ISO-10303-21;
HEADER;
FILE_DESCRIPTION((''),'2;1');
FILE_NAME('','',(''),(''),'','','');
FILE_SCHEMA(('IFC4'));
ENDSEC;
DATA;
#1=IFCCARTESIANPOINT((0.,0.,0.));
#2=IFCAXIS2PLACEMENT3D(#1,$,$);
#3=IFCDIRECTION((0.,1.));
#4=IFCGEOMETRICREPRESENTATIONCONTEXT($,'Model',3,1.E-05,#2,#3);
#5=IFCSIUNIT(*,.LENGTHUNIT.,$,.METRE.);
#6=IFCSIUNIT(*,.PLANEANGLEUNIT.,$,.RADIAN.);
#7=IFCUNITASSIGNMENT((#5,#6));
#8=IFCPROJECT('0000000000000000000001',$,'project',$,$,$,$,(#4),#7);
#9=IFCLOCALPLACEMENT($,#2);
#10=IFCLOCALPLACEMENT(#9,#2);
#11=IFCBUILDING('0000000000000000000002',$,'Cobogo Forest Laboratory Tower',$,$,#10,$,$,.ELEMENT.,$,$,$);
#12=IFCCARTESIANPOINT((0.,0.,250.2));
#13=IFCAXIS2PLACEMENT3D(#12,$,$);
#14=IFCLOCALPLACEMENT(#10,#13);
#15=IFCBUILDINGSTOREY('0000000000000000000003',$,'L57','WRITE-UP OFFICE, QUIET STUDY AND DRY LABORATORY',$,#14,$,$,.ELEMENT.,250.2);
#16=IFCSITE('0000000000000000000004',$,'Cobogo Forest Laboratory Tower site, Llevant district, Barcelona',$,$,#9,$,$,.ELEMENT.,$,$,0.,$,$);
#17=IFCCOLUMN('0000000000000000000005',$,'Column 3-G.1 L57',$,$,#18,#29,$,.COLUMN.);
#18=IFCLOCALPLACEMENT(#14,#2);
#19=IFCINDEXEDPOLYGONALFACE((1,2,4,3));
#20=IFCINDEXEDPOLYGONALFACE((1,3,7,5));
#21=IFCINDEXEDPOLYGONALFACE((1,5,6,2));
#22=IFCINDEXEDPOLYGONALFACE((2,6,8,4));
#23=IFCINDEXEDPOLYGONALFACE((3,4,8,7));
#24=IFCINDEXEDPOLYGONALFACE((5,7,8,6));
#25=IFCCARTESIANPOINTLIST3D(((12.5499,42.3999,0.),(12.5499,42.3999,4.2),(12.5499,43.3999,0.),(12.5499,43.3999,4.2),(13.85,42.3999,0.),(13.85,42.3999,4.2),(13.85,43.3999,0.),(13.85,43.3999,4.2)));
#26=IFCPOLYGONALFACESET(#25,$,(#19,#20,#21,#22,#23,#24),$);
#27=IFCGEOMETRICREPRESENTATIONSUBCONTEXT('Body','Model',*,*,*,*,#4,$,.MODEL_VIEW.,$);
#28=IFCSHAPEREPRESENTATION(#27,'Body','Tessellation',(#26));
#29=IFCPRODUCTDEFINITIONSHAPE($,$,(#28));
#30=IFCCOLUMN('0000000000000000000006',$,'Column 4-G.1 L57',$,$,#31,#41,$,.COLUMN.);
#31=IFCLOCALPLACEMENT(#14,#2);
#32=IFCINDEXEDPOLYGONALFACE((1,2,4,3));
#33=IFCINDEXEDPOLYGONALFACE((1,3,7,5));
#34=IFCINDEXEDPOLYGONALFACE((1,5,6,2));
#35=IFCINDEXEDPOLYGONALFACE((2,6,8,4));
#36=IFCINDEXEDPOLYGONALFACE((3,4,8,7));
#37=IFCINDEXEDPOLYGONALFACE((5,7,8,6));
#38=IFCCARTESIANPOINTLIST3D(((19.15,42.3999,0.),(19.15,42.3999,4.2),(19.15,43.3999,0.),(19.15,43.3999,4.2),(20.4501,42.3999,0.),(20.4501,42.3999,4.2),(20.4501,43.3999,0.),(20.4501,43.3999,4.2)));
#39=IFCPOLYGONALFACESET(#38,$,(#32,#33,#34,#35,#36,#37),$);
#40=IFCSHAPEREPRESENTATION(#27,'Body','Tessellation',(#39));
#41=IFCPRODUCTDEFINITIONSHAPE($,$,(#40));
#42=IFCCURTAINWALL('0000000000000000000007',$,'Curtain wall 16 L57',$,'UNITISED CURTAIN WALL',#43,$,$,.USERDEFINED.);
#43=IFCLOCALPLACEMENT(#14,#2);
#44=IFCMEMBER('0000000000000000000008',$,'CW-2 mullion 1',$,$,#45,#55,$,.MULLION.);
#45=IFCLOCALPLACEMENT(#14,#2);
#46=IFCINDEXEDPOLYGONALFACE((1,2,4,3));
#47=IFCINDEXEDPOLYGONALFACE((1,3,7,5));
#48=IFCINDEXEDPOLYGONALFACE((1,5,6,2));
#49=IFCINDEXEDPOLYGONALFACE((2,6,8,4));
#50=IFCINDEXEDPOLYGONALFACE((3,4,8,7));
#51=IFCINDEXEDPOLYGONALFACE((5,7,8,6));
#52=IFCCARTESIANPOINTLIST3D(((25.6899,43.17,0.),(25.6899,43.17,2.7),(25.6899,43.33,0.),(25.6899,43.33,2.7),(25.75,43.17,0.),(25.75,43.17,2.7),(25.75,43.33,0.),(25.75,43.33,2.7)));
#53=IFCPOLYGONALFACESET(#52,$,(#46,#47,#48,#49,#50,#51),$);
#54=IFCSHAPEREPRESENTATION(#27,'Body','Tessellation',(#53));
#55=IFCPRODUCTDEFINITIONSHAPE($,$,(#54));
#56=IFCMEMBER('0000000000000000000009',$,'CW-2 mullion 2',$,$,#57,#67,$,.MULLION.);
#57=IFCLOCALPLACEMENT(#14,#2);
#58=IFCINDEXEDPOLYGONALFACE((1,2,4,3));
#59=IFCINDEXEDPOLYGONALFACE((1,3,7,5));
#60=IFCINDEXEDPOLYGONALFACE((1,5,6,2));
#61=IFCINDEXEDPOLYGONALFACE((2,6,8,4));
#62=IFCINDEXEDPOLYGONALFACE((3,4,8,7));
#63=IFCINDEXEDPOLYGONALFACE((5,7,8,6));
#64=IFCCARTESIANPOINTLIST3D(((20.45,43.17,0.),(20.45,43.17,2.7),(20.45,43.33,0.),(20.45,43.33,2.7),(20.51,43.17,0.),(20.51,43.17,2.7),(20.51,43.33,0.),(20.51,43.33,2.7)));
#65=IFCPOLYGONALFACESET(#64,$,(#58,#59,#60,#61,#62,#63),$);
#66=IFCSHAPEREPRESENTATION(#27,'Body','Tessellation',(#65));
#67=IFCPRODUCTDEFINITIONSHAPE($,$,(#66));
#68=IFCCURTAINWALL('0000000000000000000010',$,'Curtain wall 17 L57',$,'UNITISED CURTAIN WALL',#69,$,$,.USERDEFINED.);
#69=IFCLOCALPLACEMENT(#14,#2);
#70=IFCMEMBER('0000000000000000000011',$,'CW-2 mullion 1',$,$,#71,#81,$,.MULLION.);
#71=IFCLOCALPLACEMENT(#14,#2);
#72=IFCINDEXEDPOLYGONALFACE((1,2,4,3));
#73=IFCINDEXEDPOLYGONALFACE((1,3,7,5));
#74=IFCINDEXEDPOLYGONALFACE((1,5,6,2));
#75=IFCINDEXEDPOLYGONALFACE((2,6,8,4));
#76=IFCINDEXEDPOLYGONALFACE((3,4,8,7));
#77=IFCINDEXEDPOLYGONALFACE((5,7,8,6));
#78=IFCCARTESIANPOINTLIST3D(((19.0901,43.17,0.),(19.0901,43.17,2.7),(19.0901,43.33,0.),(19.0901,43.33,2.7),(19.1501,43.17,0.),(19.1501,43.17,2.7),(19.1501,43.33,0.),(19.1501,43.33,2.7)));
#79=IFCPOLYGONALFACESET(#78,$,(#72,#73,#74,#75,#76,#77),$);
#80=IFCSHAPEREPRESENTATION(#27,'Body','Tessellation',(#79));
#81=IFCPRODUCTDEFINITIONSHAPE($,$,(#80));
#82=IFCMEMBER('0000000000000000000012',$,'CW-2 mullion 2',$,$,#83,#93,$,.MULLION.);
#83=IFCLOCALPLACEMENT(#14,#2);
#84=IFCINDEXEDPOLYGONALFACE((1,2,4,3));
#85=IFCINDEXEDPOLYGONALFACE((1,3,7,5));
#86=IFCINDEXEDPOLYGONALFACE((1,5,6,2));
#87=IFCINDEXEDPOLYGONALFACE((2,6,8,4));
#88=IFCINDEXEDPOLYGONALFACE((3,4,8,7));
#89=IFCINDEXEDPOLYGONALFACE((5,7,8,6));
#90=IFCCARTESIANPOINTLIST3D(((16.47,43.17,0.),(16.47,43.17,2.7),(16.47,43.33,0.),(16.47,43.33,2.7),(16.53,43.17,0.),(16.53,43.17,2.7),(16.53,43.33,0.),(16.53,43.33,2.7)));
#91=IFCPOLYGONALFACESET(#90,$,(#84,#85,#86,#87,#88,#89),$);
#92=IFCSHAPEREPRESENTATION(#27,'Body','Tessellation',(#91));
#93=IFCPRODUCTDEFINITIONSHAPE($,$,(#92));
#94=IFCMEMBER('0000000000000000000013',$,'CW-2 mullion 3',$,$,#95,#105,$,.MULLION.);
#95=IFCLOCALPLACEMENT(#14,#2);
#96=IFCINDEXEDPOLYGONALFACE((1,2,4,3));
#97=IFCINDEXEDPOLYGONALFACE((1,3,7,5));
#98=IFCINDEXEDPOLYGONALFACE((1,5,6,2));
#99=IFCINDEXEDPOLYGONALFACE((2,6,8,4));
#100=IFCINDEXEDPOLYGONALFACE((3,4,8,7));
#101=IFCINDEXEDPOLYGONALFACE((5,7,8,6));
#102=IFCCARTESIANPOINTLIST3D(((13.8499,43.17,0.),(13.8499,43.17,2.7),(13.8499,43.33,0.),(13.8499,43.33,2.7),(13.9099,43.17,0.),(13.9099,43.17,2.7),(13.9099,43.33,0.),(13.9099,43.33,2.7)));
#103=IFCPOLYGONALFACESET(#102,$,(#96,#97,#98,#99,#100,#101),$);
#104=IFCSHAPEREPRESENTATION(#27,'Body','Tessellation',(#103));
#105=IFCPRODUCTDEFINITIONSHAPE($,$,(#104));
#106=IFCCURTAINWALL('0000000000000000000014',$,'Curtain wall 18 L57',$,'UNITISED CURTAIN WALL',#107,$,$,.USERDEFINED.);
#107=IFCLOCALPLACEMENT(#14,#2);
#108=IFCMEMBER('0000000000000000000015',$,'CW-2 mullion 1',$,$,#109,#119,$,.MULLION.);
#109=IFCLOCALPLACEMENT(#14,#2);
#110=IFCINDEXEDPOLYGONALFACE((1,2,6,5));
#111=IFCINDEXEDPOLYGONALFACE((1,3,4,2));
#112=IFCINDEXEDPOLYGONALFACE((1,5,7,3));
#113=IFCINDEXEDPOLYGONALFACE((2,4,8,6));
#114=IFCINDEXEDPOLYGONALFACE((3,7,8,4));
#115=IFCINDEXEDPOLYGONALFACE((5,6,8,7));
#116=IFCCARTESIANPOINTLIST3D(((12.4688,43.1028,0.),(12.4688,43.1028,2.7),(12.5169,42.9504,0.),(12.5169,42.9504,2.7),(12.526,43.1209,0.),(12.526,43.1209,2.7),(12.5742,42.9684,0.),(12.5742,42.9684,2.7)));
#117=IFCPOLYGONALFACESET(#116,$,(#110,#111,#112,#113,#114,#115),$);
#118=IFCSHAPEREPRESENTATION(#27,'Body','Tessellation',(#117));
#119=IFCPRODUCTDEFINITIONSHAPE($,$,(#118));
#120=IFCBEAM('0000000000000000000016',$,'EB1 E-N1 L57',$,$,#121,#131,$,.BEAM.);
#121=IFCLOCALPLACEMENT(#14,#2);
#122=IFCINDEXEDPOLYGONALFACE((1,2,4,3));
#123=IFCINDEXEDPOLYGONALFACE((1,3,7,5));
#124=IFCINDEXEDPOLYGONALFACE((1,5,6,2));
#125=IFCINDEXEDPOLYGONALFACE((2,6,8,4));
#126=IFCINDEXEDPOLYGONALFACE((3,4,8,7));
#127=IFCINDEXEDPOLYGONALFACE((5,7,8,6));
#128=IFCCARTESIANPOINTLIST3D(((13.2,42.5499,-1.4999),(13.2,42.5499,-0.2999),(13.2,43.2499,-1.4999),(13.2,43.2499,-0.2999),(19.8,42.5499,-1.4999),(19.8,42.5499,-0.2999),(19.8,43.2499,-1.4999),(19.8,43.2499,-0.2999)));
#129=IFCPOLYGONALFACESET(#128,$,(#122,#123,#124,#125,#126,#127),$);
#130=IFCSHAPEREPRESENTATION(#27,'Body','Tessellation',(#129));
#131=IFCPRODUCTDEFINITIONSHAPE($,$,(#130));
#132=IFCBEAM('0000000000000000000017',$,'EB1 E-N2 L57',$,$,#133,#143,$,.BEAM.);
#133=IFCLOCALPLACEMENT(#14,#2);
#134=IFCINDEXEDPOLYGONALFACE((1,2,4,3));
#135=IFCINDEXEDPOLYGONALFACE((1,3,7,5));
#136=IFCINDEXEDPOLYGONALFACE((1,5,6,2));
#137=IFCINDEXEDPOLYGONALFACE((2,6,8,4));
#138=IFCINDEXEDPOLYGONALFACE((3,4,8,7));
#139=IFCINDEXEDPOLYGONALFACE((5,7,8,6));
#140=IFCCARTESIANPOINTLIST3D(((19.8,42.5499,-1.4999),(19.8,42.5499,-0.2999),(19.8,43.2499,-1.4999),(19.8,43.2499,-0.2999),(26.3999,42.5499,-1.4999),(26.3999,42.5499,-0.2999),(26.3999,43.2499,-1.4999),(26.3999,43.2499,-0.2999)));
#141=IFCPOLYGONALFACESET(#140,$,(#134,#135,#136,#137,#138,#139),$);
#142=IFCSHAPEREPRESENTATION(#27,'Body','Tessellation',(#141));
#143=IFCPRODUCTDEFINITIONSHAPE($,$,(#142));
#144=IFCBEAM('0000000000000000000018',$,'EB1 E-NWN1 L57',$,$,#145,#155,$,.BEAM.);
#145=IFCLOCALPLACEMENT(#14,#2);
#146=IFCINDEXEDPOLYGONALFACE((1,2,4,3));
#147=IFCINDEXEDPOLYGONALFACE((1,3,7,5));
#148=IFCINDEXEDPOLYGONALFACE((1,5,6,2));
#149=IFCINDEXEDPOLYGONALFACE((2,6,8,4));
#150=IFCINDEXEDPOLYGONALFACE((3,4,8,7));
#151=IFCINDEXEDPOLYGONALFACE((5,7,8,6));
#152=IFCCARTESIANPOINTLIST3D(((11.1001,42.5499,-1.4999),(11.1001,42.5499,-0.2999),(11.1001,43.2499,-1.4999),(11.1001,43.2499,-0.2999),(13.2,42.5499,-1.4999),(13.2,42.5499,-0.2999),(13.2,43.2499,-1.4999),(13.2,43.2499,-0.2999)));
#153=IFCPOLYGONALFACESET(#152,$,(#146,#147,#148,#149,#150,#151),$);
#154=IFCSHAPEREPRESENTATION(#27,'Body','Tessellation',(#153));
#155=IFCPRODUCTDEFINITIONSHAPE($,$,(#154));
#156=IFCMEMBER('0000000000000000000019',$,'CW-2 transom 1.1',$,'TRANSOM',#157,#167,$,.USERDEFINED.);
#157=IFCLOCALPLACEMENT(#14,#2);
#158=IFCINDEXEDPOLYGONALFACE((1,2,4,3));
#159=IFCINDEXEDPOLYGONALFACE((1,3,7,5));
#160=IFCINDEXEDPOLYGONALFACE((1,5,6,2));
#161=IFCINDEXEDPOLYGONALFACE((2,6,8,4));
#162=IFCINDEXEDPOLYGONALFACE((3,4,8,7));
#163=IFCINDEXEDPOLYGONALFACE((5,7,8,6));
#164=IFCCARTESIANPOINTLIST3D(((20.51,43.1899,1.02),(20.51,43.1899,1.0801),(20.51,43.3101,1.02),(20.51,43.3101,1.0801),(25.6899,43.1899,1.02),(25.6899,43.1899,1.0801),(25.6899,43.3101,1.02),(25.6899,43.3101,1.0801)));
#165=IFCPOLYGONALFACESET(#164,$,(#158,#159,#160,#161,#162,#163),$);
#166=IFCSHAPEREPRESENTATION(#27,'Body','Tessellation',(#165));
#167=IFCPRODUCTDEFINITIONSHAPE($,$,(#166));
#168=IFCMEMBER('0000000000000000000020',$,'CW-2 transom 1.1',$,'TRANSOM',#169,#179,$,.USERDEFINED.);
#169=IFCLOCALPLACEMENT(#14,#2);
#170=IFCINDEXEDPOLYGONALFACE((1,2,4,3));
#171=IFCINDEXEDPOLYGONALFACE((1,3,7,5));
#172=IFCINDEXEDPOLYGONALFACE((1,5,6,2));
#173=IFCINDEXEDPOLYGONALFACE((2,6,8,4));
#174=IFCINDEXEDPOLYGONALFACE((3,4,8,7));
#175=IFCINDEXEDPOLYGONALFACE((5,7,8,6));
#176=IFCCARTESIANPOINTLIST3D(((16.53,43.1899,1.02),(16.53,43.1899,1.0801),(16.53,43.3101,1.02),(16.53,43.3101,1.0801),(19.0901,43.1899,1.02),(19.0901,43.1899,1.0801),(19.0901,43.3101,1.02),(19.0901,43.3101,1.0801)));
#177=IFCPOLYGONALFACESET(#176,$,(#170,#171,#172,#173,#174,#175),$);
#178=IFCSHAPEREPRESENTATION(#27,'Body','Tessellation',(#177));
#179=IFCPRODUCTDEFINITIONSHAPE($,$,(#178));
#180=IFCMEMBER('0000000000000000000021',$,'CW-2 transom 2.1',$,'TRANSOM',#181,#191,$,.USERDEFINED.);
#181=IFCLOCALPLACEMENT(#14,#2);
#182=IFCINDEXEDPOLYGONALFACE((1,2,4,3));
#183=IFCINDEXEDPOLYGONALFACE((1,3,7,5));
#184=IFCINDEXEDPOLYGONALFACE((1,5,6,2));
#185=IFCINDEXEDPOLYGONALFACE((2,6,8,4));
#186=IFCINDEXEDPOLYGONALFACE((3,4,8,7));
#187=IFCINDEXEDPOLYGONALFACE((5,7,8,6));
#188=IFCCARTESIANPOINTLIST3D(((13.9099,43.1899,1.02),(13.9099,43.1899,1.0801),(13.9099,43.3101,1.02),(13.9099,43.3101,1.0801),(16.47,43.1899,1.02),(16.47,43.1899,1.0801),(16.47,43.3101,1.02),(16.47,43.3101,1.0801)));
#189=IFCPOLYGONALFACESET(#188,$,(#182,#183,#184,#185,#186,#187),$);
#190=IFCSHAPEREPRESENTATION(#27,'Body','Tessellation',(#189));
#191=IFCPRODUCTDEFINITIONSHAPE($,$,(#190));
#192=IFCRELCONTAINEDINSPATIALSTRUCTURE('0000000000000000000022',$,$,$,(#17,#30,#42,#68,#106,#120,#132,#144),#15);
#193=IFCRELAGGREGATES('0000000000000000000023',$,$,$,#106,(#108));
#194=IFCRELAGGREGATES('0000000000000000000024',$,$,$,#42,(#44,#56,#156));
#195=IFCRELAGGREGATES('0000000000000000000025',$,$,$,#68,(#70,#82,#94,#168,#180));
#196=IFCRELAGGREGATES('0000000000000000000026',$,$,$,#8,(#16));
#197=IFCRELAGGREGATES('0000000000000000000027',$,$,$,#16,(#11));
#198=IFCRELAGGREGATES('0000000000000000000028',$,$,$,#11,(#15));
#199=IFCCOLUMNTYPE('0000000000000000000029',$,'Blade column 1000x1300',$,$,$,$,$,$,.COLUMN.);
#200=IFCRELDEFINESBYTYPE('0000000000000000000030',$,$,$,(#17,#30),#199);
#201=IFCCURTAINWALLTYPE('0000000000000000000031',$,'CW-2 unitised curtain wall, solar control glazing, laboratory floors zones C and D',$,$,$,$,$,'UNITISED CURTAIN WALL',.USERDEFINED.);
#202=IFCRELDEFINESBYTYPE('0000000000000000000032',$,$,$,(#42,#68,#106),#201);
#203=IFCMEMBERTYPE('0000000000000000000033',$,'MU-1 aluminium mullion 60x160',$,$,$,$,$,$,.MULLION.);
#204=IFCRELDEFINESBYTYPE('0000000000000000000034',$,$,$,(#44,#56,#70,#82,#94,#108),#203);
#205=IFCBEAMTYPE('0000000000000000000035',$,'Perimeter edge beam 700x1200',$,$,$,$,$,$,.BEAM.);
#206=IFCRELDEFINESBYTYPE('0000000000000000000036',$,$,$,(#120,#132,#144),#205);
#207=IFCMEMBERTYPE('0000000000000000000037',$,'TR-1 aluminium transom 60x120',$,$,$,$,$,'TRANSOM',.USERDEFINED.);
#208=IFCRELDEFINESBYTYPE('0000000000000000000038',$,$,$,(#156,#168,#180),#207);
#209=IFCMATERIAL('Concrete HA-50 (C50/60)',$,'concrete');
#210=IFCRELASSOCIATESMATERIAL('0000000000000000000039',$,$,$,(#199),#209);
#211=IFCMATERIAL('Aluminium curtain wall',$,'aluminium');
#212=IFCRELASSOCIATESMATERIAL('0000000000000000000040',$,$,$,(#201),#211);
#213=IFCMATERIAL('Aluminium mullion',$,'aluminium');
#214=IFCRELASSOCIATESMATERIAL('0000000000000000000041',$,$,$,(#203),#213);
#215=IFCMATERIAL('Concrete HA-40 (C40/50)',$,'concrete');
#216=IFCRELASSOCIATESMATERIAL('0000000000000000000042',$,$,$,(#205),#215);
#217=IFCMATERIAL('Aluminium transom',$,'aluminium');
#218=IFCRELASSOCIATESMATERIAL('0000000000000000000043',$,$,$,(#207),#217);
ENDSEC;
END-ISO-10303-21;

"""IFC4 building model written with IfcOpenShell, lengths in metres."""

from ifc_helpers import new_model, si_unit, direction, frame, origin, origin_2d, place, context, subcontext, project, spatial, rectangle, extrude, material, material_profile, profile_set, type_object, element, aggregate, save


model = new_model("IFC4")

# Units and contexts
model_context = context("Model", 3, precision=1e-05, world=origin(), true_north=direction((0.0, 1.0)))
body_context = subcontext(model_context, "Body", "Model", "MODEL_VIEW")
ifc_project = project(units=[si_unit("LENGTHUNIT", "METRE"), si_unit("PLANEANGLEUNIT", "RADIAN")], contexts=[model_context])

# Site, building, storey
site_placement = place(None, origin())
site = spatial("IfcSite", under=ifc_project, at=site_placement, Name="Cobogo Forest Laboratory Tower site, Llevant district, Barcelona", CompositionType="ELEMENT", RefElevation=0.0)
building_placement = place(site_placement, origin())
building = spatial("IfcBuilding", under=site, at=building_placement, Name="Cobogo Forest Laboratory Tower", CompositionType="ELEMENT")
storey_placement = place(building_placement, frame((0.0, 0.0, 250.2)))
storey = spatial("IfcBuildingStorey", under=building, at=storey_placement, Name="L57", Description="WRITE-UP OFFICE, QUIET STUDY AND DRY LABORATORY", CompositionType="ELEMENT", Elevation=250.2)

# Columns
ifc_material_1 = material(Name="Concrete HA-50 (C50/60)", Category="concrete")
ifc_material_profile_1 = material_profile(ifc_material_1, rectangle(XDim=1.3, YDim=1.0, at=origin_2d()), Name="RC 1000x1300")
ifc_profile_set_1 = profile_set([ifc_material_profile_1], Name="Concrete HA-50 (C50/60)")
column_type = type_object("IfcColumnType", Name="Blade column 1000x1300", PredefinedType="COLUMN", material=ifc_profile_set_1)
for number, where, z_axis, x_axis, name in (
    (1, (13.2, 42.8999, 0.0), (0.0, 0.0, 1.0), (1.0, 0.0, 0.0), "Column 3-G.1 L57"),
    (2, (19.8, 42.8999, 0.0), (0.0, 0.0, 1.0), (1.0, 0.0, 0.0), "Column 4-G.1 L57"),
):
    element("IfcColumn", number, at=place(storey_placement, frame(where, z_axis=z_axis, x_axis=x_axis)), inside=storey, type_object=column_type, Name=name, PredefinedType="COLUMN", context=body_context, shape_type="SweptSolid", body=[
        extrude(rectangle(XDim=1.3, YDim=1.0, at=origin_2d()), origin(), (0.0, 0.0, 1.0), 4.2),
    ])

# Curtain walls, members
ifc_material_2 = material(Name="Aluminium curtain wall", Category="aluminium")
curtain_wall_type = type_object("IfcCurtainWallType", Name="CW-2 unitised curtain wall, solar control glazing, laboratory floors zones C and D", ElementType="UNITISED CURTAIN WALL", PredefinedType="USERDEFINED", material=ifc_material_2)
curtain_wall_1_placement = place(storey_placement, origin())
curtain_wall_1 = element("IfcCurtainWall", 3, at=curtain_wall_1_placement, inside=storey, type_object=curtain_wall_type, Name="Curtain wall 16 L57", ObjectType="UNITISED CURTAIN WALL", PredefinedType="USERDEFINED")
ifc_material_3 = material(Name="Aluminium mullion", Category="aluminium")
ifc_material_profile_2 = material_profile(ifc_material_3, rectangle(XDim=0.0601, YDim=0.1599, at=origin_2d()), Name="AL 60x160")
ifc_profile_set_2 = profile_set([ifc_material_profile_2], Name="Aluminium mullion")
member_type_1 = type_object("IfcMemberType", Name="MU-1 aluminium mullion 60x160", PredefinedType="MULLION", material=ifc_profile_set_2)
member_1_placement = place(storey_placement, frame((25.72, 43.25, 0.0), z_axis=(0.0, 0.0, 1.0), x_axis=(-1.0, 0.0, 0.0)))
member_1 = element("IfcMember", 4, at=member_1_placement, type_object=member_type_1, Name="CW-2 mullion 1", PredefinedType="MULLION", context=body_context, shape_type="SweptSolid", body=[
    extrude(rectangle(XDim=0.0601, YDim=0.1599, at=origin_2d()), origin(), (0.0, 0.0, 1.0), 2.7),
])
member_2_placement = place(storey_placement, frame((20.48, 43.25, 0.0), z_axis=(0.0, 0.0, 1.0), x_axis=(-1.0, 0.0, 0.0)))
member_2 = element("IfcMember", 5, at=member_2_placement, type_object=member_type_1, Name="CW-2 mullion 2", PredefinedType="MULLION", context=body_context, shape_type="SweptSolid", body=[
    extrude(rectangle(XDim=0.0601, YDim=0.1599, at=origin_2d()), origin(), (0.0, 0.0, 1.0), 2.7),
])
curtain_wall_2_placement = place(storey_placement, origin())
curtain_wall_2 = element("IfcCurtainWall", 6, at=curtain_wall_2_placement, inside=storey, type_object=curtain_wall_type, Name="Curtain wall 17 L57", ObjectType="UNITISED CURTAIN WALL", PredefinedType="USERDEFINED")
member_3_placement = place(storey_placement, frame((19.1201, 43.25, 0.0), z_axis=(0.0, 0.0, 1.0), x_axis=(-1.0, 0.0, 0.0)))
member_3 = element("IfcMember", 7, at=member_3_placement, type_object=member_type_1, Name="CW-2 mullion 1", PredefinedType="MULLION", context=body_context, shape_type="SweptSolid", body=[
    extrude(rectangle(XDim=0.0601, YDim=0.1599, at=origin_2d()), origin(), (0.0, 0.0, 1.0), 2.7),
])
member_4_placement = place(storey_placement, frame((16.5, 43.25, 0.0), z_axis=(0.0, 0.0, 1.0), x_axis=(-1.0, 0.0, 0.0)))
member_4 = element("IfcMember", 8, at=member_4_placement, type_object=member_type_1, Name="CW-2 mullion 2", PredefinedType="MULLION", context=body_context, shape_type="SweptSolid", body=[
    extrude(rectangle(XDim=0.0601, YDim=0.1599, at=origin_2d()), origin(), (0.0, 0.0, 1.0), 2.7),
])
member_5_placement = place(storey_placement, frame((13.8799, 43.25, 0.0), z_axis=(0.0, 0.0, 1.0), x_axis=(-1.0, 0.0, 0.0)))
member_5 = element("IfcMember", 9, at=member_5_placement, type_object=member_type_1, Name="CW-2 mullion 3", PredefinedType="MULLION", context=body_context, shape_type="SweptSolid", body=[
    extrude(rectangle(XDim=0.0601, YDim=0.1599, at=origin_2d()), origin(), (0.0, 0.0, 1.0), 2.7),
])

# Curtain wall, member
curtain_wall_3_placement = place(storey_placement, origin())
curtain_wall_3 = element("IfcCurtainWall", 10, at=curtain_wall_3_placement, inside=storey, type_object=curtain_wall_type, Name="Curtain wall 18 L57", ObjectType="UNITISED CURTAIN WALL", PredefinedType="USERDEFINED")
member_6_placement = place(storey_placement, frame((12.5215, 43.0356, 0.0), z_axis=(0.0, 0.0, 1.0), x_axis=(-0.953581, -0.301135, 0.0)))
member_6 = element("IfcMember", 11, at=member_6_placement, type_object=member_type_1, Name="CW-2 mullion 1", PredefinedType="MULLION", context=body_context, shape_type="SweptSolid", body=[
    extrude(rectangle(XDim=0.0601, YDim=0.1599, at=origin_2d()), origin(), (0.0, 0.0, 1.0), 2.7),
])
aggregate(curtain_wall_3, [member_6])

# Beams
ifc_material_4 = material(Name="Concrete HA-40 (C40/50)", Category="concrete")
ifc_material_profile_3 = material_profile(ifc_material_4, rectangle(XDim=0.7, YDim=1.2, at=origin_2d()), Name="RC 700x1200")
ifc_profile_set_3 = profile_set([ifc_material_profile_3], Name="Concrete HA-40 (C40/50)")
beam_type = type_object("IfcBeamType", Name="Perimeter edge beam 700x1200", PredefinedType="BEAM", material=ifc_profile_set_3)
beam_1_placement = place(storey_placement, frame((13.2, 42.8999, -0.8999), z_axis=(1.0, 0.0, 0.0), x_axis=(0.0, 1.0, 0.0)))
element("IfcBeam", 12, at=beam_1_placement, inside=storey, type_object=beam_type, Name="EB1 E-N1 L57", PredefinedType="BEAM", context=body_context, shape_type="SweptSolid", body=[
    extrude(rectangle(XDim=0.7, YDim=1.2, at=origin_2d()), origin(), (0.0, 0.0, 1.0), 6.6001),
])
beam_2_placement = place(storey_placement, frame((19.8, 42.8999, -0.8999), z_axis=(1.0, 0.0, 0.0), x_axis=(0.0, 1.0, 0.0)))
element("IfcBeam", 13, at=beam_2_placement, inside=storey, type_object=beam_type, Name="EB1 E-N2 L57", PredefinedType="BEAM", context=body_context, shape_type="SweptSolid", body=[
    extrude(rectangle(XDim=0.7, YDim=1.2, at=origin_2d()), origin(), (0.0, 0.0, 1.0), 6.5999),
])
beam_3_placement = place(storey_placement, frame((13.2, 42.8999, -0.8999), z_axis=(-1.0, 0.0, 0.0), x_axis=(0.0, -1.0, 0.0)))
element("IfcBeam", 14, at=beam_3_placement, inside=storey, type_object=beam_type, Name="EB1 E-NWN1 L57", PredefinedType="BEAM", context=body_context, shape_type="SweptSolid", body=[
    extrude(rectangle(XDim=0.7, YDim=1.2, at=origin_2d()), origin(), (0.0, 0.0, 1.0), 2.0999),
])

# Members
ifc_material_5 = material(Name="Aluminium transom", Category="aluminium")
ifc_material_profile_4 = material_profile(ifc_material_5, rectangle(XDim=0.1201, YDim=0.0601, at=origin_2d()), Name="AL 60x120")
ifc_profile_set_4 = profile_set([ifc_material_profile_4], Name="Aluminium transom")
member_type_2 = type_object("IfcMemberType", Name="TR-1 aluminium transom 60x120", ElementType="TRANSOM", PredefinedType="USERDEFINED", material=ifc_profile_set_4)
member_7_placement = place(storey_placement, frame((25.6899, 43.25, 1.05), z_axis=(-1.0, 0.0, 0.0), x_axis=(0.0, -1.0, 0.0)))
member_7 = element("IfcMember", 15, at=member_7_placement, type_object=member_type_2, Name="CW-2 transom 1.1", ObjectType="TRANSOM", PredefinedType="USERDEFINED", context=body_context, shape_type="SweptSolid", body=[
    extrude(rectangle(XDim=0.1201, YDim=0.0601, at=origin_2d()), origin(), (0.0, 0.0, 1.0), 5.1799),
])
member_8_placement = place(storey_placement, frame((19.0901, 43.25, 1.05), z_axis=(-1.0, 0.0, 0.0), x_axis=(0.0, -1.0, 0.0)))
member_8 = element("IfcMember", 16, at=member_8_placement, type_object=member_type_2, Name="CW-2 transom 1.1", ObjectType="TRANSOM", PredefinedType="USERDEFINED", context=body_context, shape_type="SweptSolid", body=[
    extrude(rectangle(XDim=0.1201, YDim=0.0601, at=origin_2d()), origin(), (0.0, 0.0, 1.0), 2.5601),
])
member_9_placement = place(storey_placement, frame((16.47, 43.25, 1.05), z_axis=(-1.0, 0.0, 0.0), x_axis=(0.0, -1.0, 0.0)))
member_9 = element("IfcMember", 17, at=member_9_placement, type_object=member_type_2, Name="CW-2 transom 2.1", ObjectType="TRANSOM", PredefinedType="USERDEFINED", context=body_context, shape_type="SweptSolid", body=[
    extrude(rectangle(XDim=0.1201, YDim=0.0601, at=origin_2d()), origin(), (0.0, 0.0, 1.0), 2.5601),
])

aggregate(curtain_wall_1, [member_1, member_2, member_7])
aggregate(curtain_wall_2, [member_3, member_4, member_5, member_8, member_9])

save(model, "model.ifc")
